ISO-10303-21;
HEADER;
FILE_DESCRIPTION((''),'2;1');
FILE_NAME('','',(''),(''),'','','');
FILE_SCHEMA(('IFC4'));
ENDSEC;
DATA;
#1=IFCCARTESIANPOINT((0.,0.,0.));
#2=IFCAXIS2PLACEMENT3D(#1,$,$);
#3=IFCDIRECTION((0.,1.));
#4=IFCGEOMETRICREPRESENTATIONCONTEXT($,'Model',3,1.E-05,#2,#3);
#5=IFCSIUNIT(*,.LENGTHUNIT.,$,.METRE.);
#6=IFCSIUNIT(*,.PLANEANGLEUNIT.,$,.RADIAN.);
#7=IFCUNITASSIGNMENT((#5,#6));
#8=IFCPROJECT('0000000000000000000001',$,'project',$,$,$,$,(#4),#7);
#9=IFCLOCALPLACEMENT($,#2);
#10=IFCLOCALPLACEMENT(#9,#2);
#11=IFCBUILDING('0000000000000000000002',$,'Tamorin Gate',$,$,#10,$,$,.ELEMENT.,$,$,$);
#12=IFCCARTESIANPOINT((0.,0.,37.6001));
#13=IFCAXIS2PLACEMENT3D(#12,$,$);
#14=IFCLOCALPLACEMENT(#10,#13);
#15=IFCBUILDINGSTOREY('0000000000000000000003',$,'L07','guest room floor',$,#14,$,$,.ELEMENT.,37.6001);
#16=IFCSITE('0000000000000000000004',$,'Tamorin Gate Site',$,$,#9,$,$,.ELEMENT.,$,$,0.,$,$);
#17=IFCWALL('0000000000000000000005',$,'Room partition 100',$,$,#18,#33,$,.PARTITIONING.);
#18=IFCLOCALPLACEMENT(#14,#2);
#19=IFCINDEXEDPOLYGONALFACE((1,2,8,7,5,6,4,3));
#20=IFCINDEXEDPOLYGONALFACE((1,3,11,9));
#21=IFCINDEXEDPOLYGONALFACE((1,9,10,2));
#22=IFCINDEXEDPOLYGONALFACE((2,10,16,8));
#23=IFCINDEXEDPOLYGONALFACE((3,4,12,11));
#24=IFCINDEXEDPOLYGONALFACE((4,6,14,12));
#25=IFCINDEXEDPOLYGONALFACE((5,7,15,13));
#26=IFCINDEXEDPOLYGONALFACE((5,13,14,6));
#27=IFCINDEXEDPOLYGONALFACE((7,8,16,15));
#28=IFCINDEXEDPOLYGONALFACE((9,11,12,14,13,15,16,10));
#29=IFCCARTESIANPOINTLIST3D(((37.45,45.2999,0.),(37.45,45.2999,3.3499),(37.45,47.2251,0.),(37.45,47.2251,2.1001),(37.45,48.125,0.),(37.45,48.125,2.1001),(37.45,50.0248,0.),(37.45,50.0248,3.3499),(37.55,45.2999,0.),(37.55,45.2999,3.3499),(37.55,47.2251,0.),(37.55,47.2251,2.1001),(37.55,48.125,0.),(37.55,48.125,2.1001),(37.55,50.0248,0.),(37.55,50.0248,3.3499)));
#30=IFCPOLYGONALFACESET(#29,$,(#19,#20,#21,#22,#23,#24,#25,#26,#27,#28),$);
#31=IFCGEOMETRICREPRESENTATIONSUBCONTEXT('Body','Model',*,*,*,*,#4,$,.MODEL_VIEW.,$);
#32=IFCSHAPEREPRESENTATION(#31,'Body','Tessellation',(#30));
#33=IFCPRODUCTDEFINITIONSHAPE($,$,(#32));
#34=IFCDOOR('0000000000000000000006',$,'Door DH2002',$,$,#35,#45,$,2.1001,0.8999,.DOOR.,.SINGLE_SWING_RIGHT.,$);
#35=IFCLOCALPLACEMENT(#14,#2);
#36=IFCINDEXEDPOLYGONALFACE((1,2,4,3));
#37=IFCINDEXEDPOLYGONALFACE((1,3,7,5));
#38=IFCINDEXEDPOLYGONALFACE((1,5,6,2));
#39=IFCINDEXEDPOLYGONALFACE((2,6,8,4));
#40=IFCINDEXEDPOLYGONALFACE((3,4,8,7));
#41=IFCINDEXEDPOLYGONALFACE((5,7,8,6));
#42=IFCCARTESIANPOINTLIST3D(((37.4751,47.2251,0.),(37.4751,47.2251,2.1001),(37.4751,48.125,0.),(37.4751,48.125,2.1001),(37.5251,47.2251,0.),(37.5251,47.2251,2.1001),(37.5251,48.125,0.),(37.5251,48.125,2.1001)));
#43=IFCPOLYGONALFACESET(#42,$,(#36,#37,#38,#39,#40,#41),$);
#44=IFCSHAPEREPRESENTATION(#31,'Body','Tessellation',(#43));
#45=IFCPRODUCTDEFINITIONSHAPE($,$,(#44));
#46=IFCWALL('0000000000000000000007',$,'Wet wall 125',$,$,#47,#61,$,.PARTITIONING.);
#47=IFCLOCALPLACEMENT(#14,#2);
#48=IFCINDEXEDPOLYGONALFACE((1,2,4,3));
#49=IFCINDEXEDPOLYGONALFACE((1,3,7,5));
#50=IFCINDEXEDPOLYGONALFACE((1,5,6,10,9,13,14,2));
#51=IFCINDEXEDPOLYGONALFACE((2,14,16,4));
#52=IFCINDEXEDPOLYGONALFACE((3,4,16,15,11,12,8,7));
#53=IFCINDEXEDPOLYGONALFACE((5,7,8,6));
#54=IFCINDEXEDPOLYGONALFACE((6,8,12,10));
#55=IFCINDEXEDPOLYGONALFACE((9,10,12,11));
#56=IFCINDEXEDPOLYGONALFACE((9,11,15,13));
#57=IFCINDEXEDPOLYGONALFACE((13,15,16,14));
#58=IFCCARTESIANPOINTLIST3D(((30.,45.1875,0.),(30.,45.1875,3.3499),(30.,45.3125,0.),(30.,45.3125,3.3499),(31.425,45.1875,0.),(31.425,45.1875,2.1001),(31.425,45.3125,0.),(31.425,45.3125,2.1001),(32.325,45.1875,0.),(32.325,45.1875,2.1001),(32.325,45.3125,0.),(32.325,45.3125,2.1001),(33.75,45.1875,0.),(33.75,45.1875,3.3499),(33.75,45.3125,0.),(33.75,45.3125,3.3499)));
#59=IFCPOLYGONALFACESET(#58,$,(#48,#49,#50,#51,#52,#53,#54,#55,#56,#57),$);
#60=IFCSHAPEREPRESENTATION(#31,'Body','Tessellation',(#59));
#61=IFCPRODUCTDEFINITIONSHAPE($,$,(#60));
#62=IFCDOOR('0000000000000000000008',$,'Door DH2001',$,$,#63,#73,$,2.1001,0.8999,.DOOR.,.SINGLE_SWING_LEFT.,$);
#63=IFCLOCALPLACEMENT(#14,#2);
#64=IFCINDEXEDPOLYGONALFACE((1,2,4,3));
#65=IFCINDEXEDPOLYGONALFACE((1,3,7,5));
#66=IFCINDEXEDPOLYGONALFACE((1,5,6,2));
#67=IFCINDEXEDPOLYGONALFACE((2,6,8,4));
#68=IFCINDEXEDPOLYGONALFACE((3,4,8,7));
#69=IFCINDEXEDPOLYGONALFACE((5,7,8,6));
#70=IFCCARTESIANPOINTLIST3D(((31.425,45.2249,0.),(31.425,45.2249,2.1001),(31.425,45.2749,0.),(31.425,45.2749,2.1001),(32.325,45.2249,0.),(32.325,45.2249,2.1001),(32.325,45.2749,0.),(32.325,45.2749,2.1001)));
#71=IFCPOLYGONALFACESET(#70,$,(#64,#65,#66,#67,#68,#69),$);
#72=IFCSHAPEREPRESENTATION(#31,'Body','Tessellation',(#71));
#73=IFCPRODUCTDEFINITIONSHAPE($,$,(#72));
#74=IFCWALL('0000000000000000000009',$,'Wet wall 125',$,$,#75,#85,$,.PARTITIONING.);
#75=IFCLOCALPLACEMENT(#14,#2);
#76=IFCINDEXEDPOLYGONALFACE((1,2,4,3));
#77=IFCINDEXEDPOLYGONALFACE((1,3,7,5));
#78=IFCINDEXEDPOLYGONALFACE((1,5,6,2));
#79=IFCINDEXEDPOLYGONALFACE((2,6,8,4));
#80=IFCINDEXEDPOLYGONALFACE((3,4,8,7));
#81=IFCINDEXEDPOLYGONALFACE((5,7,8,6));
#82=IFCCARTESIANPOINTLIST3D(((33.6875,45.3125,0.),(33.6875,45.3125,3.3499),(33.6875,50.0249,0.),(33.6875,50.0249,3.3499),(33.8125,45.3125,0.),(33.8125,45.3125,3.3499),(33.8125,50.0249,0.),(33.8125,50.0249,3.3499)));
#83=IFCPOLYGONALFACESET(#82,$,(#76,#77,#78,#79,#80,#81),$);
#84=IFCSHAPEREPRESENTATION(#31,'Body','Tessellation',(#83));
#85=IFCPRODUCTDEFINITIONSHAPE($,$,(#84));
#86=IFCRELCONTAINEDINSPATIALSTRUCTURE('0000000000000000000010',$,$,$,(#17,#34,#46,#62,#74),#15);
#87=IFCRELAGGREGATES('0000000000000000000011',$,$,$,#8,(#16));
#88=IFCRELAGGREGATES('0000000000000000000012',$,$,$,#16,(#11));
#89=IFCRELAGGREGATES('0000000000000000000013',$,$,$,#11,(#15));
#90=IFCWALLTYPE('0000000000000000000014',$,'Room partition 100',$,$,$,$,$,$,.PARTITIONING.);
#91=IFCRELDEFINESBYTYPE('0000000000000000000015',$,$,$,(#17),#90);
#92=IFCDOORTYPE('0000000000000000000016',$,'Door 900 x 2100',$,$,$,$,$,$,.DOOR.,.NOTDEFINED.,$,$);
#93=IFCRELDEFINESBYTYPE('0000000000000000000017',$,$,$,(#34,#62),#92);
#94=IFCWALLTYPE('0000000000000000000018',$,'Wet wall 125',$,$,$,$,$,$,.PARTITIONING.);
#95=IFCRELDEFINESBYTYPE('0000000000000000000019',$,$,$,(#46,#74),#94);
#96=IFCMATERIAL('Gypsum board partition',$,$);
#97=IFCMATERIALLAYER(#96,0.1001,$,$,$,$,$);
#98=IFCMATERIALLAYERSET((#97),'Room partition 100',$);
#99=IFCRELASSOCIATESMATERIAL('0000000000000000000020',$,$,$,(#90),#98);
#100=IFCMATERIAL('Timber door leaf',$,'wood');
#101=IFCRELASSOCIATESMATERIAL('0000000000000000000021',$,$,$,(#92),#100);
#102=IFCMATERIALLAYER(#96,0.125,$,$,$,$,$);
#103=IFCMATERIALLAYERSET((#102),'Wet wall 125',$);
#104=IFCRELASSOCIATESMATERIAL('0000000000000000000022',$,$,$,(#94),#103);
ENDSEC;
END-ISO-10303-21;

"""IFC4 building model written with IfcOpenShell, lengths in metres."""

from ifc_helpers import new_model, si_unit, direction, frame, frame_2d, origin, place, context, subcontext, project, spatial, rectangle, extrude, material, layer, layer_set, type_object, element, fill, save


model = new_model("IFC4")

# Units and contexts
model_context = context("Model", 3, precision=1e-05, world=origin(), true_north=direction((0.0, 1.0)))
body_context = subcontext(model_context, "Body", "Model", "MODEL_VIEW")
ifc_project = project(units=[si_unit("LENGTHUNIT", "METRE"), si_unit("PLANEANGLEUNIT", "RADIAN")], contexts=[model_context])

# Site, building, storey
site_placement = place(None, origin())
site = spatial("IfcSite", under=ifc_project, at=site_placement, Name="Tamorin Gate Site", CompositionType="ELEMENT", RefElevation=0.0)
building_placement = place(site_placement, origin())
building = spatial("IfcBuilding", under=site, at=building_placement, Name="Tamorin Gate", CompositionType="ELEMENT")
storey_placement = place(building_placement, frame((0.0, 0.0, 37.6001)))
storey = spatial("IfcBuildingStorey", under=building, at=storey_placement, Name="L07", Description="guest room floor", CompositionType="ELEMENT", Elevation=37.6001)

# Walls, openings, doors
ifc_material_1 = material(Name="Gypsum board partition")
ifc_layer_1 = layer(ifc_material_1, 0.1001)
ifc_layer_set_1 = layer_set([ifc_layer_1], Name="Room partition 100")
wall_type_1 = type_object("IfcWallType", Name="Room partition 100", PredefinedType="PARTITIONING", material=ifc_layer_set_1)
ifc_material_2 = material(Name="Timber door leaf", Category="wood")
door_type = type_object("IfcDoorType", Name="Door 900 x 2100", OperationType="NOTDEFINED", PredefinedType="DOOR", material=ifc_material_2)
wall_1_placement = place(storey_placement, frame((37.5, 45.3, 0.0), z_axis=(0.0, 0.0, 1.0), x_axis=(0.0, 1.0, 0.0)))
wall_1 = element("IfcWall", 1, at=wall_1_placement, inside=storey, type_object=wall_type_1, Name="Room partition 100", PredefinedType="PARTITIONING", context=body_context, shape_type="SweptSolid", body=[
    extrude(rectangle(XDim=4.7249, YDim=0.1001, at=frame_2d((2.3623, 0.0))), origin(), (0.0, 0.0, 1.0), 3.3499),
])
opening_1_placement = place(wall_1_placement, frame((1.925, 0.0, 0.0)))
opening_1 = element("IfcOpeningElement", 2, at=opening_1_placement, cuts=wall_1, PredefinedType="OPENING", context=body_context, shape_type="SweptSolid", body=[
    extrude(rectangle(XDim=0.8999, YDim=2.1001, at=frame_2d((0.45, 1.05))), frame((0.0, 0.0601, 0.0), z_axis=(0.0, -1.0, 0.0), x_axis=(1.0, 0.0, 0.0)), (0.0, 0.0, 1.0), 0.1201),
])
door_1_placement = place(opening_1_placement, origin())
door_1 = element("IfcDoor", 3, at=door_1_placement, inside=storey, type_object=door_type, Name="Door DH2002", OperationType="SINGLE_SWING_RIGHT", OverallHeight=2.1001, OverallWidth=0.8999, PredefinedType="DOOR", context=body_context, shape_type="SweptSolid", body=[
    extrude(rectangle(XDim=0.8999, YDim=2.1001, at=frame_2d((0.45, 1.05))), frame((0.0, 0.0249, 0.0), z_axis=(0.0, -1.0, 0.0), x_axis=(1.0, 0.0, 0.0)), (0.0, 0.0, 1.0), 0.05),
])
fill(opening_1, door_1)
ifc_layer_2 = layer(ifc_material_1, 0.125)
ifc_layer_set_2 = layer_set([ifc_layer_2], Name="Wet wall 125")
wall_type_2 = type_object("IfcWallType", Name="Wet wall 125", PredefinedType="PARTITIONING", material=ifc_layer_set_2)
wall_2_placement = place(storey_placement, frame((30.0, 45.25, 0.0), z_axis=(0.0, 0.0, 1.0), x_axis=(1.0, 0.0, 0.0)))
wall_2 = element("IfcWall", 4, at=wall_2_placement, inside=storey, type_object=wall_type_2, Name="Wet wall 125", PredefinedType="PARTITIONING", context=body_context, shape_type="SweptSolid", body=[
    extrude(rectangle(XDim=3.75, YDim=0.125, at=frame_2d((1.875, 0.0))), origin(), (0.0, 0.0, 1.0), 3.3499),
])
opening_2_placement = place(wall_2_placement, frame((1.425, 0.0, 0.0)))
opening_2 = element("IfcOpeningElement", 5, at=opening_2_placement, cuts=wall_2, PredefinedType="OPENING", context=body_context, shape_type="SweptSolid", body=[
    extrude(rectangle(XDim=0.8999, YDim=2.1001, at=frame_2d((0.45, 1.05))), frame((0.0, 0.0725, 0.0), z_axis=(0.0, -1.0, 0.0), x_axis=(1.0, 0.0, 0.0)), (0.0, 0.0, 1.0), 0.145),
])
door_2_placement = place(opening_2_placement, origin())
door_2 = element("IfcDoor", 6, at=door_2_placement, inside=storey, type_object=door_type, Name="Door DH2001", OperationType="SINGLE_SWING_LEFT", OverallHeight=2.1001, OverallWidth=0.8999, PredefinedType="DOOR", context=body_context, shape_type="SweptSolid", body=[
    extrude(rectangle(XDim=0.8999, YDim=2.1001, at=frame_2d((0.45, 1.05))), frame((0.0, 0.0249, 0.0), z_axis=(0.0, -1.0, 0.0), x_axis=(1.0, 0.0, 0.0)), (0.0, 0.0, 1.0), 0.05),
])
fill(opening_2, door_2)

# Wall
wall_3_placement = place(storey_placement, frame((33.75, 45.3125, 0.0), z_axis=(0.0, 0.0, 1.0), x_axis=(0.0, 1.0, 0.0)))
element("IfcWall", 7, at=wall_3_placement, inside=storey, type_object=wall_type_2, Name="Wet wall 125", PredefinedType="PARTITIONING", context=body_context, shape_type="SweptSolid", body=[
    extrude(rectangle(XDim=4.7124, YDim=0.125, at=frame_2d((2.3562, 0.0))), origin(), (0.0, 0.0, 1.0), 3.3499),
])

save(model, "model.ifc")
